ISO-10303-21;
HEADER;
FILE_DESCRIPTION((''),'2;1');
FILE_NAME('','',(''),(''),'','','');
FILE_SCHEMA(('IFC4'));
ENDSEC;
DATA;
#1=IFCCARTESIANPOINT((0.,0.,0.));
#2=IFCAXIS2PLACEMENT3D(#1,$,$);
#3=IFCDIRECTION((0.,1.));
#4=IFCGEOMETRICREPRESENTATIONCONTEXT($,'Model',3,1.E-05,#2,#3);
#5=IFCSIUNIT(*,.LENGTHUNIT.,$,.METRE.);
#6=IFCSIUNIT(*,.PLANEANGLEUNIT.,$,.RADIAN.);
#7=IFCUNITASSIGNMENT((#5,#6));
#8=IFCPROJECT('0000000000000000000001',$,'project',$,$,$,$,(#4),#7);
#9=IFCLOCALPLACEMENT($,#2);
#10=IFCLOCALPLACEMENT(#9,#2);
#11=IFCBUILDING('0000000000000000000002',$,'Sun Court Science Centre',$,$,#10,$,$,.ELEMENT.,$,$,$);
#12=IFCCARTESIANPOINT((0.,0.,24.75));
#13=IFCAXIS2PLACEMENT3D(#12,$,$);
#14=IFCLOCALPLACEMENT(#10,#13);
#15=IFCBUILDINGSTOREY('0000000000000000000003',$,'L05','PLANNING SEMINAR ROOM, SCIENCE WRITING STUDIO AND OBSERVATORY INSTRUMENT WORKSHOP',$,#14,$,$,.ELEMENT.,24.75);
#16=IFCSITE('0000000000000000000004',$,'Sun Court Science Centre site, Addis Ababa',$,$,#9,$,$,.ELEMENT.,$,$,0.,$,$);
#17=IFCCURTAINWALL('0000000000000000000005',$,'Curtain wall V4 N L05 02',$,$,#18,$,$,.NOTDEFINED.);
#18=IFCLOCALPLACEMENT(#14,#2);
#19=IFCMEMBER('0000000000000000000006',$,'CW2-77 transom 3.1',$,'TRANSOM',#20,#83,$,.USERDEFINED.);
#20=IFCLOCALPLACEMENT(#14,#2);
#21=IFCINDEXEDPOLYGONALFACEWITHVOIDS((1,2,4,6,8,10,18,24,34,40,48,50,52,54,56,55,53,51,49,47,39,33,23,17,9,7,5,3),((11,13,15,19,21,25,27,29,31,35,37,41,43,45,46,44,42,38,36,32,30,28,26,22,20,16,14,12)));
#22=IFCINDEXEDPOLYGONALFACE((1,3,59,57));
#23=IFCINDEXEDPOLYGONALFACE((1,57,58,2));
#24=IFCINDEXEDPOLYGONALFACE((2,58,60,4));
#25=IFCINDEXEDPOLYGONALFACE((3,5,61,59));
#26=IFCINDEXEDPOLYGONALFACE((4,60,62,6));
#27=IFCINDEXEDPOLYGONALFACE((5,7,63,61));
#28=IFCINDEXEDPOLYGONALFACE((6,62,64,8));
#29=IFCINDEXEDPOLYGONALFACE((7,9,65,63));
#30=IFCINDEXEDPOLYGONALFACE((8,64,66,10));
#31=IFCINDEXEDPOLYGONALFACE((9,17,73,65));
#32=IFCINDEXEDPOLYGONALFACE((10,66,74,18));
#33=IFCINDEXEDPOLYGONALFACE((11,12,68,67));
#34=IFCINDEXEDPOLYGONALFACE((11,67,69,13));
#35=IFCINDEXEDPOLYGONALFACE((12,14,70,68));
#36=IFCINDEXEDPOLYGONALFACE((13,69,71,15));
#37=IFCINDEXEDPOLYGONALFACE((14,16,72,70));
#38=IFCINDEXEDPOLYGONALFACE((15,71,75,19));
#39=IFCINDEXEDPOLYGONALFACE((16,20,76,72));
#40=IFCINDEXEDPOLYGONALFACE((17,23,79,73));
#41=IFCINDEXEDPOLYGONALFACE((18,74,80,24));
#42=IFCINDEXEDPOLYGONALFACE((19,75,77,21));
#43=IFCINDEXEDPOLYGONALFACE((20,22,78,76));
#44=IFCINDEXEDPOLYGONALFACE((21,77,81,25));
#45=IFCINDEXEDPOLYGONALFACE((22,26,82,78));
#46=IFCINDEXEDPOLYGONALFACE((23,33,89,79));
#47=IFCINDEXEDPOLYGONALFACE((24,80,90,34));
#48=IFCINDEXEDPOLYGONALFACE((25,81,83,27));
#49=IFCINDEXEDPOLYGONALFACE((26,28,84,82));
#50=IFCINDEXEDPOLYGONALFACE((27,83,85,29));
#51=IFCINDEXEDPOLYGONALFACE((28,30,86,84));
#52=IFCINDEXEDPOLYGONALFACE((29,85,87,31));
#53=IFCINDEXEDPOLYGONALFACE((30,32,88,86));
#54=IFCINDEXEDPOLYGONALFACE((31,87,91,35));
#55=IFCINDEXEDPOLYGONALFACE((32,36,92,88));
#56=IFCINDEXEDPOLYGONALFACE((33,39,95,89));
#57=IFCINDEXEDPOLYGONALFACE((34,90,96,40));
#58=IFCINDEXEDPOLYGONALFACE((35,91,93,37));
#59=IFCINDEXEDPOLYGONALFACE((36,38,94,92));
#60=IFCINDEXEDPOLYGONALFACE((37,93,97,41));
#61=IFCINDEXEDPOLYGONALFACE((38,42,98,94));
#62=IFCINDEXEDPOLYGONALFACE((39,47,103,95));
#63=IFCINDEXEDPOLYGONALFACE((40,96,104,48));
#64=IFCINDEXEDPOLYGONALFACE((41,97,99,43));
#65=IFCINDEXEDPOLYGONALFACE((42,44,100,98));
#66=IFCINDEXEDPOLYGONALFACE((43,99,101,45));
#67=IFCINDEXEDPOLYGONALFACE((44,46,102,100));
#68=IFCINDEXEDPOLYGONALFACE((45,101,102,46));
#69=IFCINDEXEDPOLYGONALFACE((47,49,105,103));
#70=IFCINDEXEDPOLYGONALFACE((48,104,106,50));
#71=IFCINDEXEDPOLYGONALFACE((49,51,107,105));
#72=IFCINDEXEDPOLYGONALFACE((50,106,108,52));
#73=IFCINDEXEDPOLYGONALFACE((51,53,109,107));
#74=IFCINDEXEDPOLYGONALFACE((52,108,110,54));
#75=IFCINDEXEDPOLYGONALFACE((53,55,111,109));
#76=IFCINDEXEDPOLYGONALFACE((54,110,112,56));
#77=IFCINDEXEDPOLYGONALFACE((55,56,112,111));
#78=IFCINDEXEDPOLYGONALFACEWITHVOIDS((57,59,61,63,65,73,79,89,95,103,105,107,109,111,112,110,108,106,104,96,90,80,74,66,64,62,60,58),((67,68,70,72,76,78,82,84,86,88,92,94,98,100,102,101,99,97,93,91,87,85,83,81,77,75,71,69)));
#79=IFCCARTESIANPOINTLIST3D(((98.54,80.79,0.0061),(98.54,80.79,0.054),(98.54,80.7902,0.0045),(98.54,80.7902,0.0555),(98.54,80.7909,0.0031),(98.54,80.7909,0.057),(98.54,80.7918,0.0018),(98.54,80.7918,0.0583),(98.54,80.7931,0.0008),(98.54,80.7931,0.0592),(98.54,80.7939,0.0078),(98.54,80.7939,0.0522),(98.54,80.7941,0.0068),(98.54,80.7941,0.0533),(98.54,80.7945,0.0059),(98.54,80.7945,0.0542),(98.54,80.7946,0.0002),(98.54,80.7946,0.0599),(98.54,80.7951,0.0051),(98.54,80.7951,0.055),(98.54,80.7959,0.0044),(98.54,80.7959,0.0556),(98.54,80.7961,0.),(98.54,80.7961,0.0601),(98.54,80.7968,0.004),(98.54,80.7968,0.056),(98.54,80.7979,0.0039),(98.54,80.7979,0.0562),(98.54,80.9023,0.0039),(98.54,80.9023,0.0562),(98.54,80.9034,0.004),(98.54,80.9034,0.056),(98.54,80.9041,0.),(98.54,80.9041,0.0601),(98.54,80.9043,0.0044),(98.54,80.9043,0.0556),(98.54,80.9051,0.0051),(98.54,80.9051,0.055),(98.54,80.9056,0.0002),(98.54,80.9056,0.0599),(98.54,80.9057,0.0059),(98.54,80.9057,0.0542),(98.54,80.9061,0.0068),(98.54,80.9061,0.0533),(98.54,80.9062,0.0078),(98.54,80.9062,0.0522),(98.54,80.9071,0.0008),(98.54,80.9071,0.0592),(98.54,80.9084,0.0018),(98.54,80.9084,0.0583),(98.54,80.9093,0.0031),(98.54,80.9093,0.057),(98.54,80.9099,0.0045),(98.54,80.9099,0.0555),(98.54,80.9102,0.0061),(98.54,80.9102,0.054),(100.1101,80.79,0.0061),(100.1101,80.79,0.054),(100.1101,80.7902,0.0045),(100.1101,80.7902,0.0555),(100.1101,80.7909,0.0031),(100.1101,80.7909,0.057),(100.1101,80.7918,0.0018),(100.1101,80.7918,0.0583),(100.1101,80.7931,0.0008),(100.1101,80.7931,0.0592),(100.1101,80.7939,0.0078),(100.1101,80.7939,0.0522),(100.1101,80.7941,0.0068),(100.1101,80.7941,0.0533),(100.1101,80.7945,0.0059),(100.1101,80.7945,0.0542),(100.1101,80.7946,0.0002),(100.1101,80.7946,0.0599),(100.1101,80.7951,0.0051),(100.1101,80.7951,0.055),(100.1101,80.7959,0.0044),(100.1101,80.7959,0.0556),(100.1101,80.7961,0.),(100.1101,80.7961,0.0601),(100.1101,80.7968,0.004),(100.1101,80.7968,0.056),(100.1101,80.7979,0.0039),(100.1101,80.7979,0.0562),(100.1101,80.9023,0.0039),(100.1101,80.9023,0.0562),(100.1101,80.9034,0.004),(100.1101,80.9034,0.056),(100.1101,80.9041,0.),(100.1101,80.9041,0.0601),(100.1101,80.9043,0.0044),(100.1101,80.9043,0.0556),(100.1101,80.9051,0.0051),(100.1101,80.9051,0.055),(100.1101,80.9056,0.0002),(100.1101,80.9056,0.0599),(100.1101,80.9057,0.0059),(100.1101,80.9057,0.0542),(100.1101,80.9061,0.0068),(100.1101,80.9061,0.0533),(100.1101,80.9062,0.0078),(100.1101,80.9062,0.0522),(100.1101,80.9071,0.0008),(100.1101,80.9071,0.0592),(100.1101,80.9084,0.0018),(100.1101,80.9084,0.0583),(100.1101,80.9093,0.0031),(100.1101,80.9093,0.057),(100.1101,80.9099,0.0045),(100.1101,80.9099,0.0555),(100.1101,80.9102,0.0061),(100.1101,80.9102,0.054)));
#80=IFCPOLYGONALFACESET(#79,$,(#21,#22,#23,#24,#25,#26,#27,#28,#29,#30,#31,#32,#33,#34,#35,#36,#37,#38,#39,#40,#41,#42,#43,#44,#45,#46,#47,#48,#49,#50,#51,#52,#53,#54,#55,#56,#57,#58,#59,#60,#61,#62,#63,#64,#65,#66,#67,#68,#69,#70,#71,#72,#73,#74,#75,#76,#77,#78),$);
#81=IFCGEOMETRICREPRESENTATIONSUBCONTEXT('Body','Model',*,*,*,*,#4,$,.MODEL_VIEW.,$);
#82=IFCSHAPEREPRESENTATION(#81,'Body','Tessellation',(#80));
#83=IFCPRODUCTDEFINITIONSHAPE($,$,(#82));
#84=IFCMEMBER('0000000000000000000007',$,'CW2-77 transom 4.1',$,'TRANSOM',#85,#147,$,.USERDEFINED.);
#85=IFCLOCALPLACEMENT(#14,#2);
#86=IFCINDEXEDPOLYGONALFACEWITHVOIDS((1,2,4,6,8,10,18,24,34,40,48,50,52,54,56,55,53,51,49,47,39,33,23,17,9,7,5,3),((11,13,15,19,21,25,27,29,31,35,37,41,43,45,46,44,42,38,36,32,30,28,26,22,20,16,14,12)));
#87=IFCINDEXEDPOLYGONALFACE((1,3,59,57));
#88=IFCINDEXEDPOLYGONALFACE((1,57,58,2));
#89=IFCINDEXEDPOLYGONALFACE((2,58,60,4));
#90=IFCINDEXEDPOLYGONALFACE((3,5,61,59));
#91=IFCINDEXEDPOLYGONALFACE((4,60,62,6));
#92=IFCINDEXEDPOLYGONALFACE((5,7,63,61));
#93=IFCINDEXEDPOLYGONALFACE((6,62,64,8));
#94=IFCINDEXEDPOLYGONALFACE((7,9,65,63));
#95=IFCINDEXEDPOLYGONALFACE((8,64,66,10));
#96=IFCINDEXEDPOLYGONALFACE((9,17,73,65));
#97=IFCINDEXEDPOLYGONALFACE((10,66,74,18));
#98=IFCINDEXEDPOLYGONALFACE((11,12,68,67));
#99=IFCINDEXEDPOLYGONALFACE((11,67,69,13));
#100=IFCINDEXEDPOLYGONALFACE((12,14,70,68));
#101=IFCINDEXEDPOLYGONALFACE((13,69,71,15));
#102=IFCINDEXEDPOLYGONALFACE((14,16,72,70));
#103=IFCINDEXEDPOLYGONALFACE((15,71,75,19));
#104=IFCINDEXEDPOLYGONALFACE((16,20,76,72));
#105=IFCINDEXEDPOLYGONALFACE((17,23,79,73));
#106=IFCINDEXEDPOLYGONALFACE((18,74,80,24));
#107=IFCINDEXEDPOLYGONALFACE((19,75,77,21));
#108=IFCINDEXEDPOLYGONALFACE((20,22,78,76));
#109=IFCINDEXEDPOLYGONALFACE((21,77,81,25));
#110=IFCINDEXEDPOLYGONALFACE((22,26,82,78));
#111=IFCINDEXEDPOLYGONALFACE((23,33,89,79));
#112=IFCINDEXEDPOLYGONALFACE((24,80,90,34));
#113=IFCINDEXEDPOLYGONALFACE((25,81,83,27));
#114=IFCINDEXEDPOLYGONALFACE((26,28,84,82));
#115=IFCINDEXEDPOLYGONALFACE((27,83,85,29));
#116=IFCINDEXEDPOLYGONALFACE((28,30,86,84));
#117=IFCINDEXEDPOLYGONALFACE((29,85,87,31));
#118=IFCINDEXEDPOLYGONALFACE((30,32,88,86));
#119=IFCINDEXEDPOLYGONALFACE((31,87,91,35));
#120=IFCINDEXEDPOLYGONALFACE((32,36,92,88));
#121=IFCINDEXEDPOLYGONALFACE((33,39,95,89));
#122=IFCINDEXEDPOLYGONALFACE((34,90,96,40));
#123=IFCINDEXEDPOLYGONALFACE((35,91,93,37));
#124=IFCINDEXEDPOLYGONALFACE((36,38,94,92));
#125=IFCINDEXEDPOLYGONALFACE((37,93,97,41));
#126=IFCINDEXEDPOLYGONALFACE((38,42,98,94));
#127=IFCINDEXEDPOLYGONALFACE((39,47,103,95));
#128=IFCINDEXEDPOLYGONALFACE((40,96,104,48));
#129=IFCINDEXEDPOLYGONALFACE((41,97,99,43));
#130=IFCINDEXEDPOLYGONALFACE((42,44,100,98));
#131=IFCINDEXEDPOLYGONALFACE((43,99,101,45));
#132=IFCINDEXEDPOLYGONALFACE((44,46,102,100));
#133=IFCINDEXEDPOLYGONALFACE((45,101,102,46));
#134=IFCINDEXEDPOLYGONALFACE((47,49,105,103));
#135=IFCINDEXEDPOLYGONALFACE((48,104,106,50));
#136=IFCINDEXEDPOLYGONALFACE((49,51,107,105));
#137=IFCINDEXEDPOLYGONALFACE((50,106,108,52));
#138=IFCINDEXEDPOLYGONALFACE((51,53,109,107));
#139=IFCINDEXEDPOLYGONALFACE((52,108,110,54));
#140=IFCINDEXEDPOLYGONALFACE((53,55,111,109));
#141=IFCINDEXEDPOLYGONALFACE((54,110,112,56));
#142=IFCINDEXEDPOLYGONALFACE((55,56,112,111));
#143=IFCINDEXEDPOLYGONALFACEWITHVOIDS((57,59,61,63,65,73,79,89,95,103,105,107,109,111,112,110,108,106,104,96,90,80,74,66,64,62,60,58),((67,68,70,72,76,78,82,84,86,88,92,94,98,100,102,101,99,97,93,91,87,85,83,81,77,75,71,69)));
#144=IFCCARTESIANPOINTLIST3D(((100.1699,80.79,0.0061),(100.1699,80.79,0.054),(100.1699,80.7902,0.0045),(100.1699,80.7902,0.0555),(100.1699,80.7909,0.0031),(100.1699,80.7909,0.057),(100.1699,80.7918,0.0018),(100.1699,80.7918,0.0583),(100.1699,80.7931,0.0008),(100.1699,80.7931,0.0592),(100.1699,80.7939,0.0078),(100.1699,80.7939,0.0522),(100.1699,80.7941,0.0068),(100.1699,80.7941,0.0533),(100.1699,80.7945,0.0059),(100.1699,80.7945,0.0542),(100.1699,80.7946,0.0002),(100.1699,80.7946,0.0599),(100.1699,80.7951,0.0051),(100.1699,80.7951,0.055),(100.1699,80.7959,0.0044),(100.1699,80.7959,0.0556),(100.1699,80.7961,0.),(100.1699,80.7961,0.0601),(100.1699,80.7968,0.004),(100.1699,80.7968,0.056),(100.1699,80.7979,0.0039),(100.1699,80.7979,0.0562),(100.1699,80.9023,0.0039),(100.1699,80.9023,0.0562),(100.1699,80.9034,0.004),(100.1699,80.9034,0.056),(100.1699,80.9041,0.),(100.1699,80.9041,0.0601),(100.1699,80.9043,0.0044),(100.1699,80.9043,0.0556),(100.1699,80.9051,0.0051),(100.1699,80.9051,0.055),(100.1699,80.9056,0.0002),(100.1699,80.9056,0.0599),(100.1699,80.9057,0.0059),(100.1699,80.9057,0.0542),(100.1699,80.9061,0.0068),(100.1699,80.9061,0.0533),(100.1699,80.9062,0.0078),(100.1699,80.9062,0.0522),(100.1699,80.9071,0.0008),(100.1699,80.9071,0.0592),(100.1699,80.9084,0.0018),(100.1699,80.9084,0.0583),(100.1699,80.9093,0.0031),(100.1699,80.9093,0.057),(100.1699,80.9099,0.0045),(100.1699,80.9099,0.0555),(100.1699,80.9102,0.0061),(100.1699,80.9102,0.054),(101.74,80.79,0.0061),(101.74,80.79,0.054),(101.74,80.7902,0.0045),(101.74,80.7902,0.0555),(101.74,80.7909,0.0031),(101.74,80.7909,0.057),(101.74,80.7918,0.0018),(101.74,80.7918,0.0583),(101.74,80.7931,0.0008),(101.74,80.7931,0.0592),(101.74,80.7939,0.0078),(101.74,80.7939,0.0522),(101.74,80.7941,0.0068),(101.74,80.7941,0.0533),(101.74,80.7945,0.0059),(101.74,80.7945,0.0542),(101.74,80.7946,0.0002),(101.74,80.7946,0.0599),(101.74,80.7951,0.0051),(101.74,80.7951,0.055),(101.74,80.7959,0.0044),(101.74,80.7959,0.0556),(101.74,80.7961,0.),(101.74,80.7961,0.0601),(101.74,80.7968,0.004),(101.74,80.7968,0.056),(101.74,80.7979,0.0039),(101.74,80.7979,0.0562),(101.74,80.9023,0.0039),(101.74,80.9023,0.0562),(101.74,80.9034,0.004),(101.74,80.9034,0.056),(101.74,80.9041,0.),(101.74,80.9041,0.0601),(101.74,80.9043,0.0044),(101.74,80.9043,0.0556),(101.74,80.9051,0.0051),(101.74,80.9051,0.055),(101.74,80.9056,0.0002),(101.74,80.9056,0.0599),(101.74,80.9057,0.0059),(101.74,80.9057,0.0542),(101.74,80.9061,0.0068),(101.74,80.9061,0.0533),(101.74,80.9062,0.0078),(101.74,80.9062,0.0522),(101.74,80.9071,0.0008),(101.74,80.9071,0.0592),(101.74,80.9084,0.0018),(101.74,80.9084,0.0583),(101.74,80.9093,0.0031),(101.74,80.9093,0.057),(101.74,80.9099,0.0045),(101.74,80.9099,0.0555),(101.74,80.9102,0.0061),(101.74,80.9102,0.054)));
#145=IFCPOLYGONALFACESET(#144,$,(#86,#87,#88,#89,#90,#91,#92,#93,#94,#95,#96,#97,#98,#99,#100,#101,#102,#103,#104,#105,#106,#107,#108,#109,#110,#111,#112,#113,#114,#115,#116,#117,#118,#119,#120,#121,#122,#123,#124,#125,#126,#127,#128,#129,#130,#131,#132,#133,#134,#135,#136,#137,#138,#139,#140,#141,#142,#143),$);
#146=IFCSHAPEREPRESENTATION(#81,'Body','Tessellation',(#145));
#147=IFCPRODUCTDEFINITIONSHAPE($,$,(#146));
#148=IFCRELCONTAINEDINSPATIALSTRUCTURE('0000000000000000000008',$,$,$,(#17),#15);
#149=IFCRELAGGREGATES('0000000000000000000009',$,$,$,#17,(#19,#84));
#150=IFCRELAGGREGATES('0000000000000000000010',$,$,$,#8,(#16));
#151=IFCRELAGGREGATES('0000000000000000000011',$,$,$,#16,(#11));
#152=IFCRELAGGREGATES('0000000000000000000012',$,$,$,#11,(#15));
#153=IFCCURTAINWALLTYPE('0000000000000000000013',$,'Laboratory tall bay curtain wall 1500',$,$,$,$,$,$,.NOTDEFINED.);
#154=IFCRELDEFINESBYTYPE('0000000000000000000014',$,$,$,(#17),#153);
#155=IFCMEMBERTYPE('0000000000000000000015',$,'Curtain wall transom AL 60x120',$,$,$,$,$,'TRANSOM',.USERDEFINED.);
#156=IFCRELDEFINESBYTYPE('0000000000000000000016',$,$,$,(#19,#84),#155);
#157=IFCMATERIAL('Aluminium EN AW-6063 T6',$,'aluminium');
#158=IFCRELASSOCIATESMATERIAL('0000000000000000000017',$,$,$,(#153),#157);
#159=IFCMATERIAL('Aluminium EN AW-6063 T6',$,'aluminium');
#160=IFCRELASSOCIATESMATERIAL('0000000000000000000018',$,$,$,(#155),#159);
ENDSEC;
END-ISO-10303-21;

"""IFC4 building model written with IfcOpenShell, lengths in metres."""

from ifc_helpers import new_model, si_unit, direction, frame, origin, origin_2d, place, context, subcontext, project, spatial, hollow_rectangle, extrude, material, material_profile, profile_set, type_object, element, aggregate, save


model = new_model("IFC4")

# Units and contexts
model_context = context("Model", 3, precision=1e-05, world=origin(), true_north=direction((0.0, 1.0)))
body_context = subcontext(model_context, "Body", "Model", "MODEL_VIEW")
ifc_project = project(units=[si_unit("LENGTHUNIT", "METRE"), si_unit("PLANEANGLEUNIT", "RADIAN")], contexts=[model_context])

# Site, building, storey
site_placement = place(None, origin())
site = spatial("IfcSite", under=ifc_project, at=site_placement, Name="Sun Court Science Centre site, Addis Ababa", CompositionType="ELEMENT", RefElevation=0.0)
building_placement = place(site_placement, origin())
building = spatial("IfcBuilding", under=site, at=building_placement, Name="Sun Court Science Centre", CompositionType="ELEMENT")
storey_placement = place(building_placement, frame((0.0, 0.0, 24.75)))
storey = spatial("IfcBuildingStorey", under=building, at=storey_placement, Name="L05", Description="PLANNING SEMINAR ROOM, SCIENCE WRITING STUDIO AND OBSERVATORY INSTRUMENT WORKSHOP", CompositionType="ELEMENT", Elevation=24.75)

# Curtain wall, members
ifc_material_1 = material(Name="Aluminium EN AW-6063 T6", Category="aluminium")
curtain_wall_type = type_object("IfcCurtainWallType", Name="Laboratory tall bay curtain wall 1500", PredefinedType="NOTDEFINED", material=ifc_material_1)
curtain_wall_placement = place(storey_placement, origin())
curtain_wall = element("IfcCurtainWall", 1, at=curtain_wall_placement, inside=storey, type_object=curtain_wall_type, Name="Curtain wall V4 N L05 02", PredefinedType="NOTDEFINED")
ifc_material_2 = material(Name="Aluminium EN AW-6063 T6", Category="aluminium")
ifc_material_profile_1 = material_profile(ifc_material_2, hollow_rectangle(XDim=0.0601, YDim=0.1201, WallThickness=0.0039, InnerFilletRadius=0.0039, OuterFilletRadius=0.0061, at=origin_2d()), Name="AL 60x120x4")
ifc_profile_set_1 = profile_set([ifc_material_profile_1], Name="Aluminium EN AW-6063 T6")
member_type_1 = type_object("IfcMemberType", Name="Curtain wall transom AL 60x120", ElementType="TRANSOM", PredefinedType="USERDEFINED", material=ifc_profile_set_1)
member_1_placement = place(storey_placement, frame((98.54, 80.8501, 0.03), z_axis=(1.0, 0.0, 0.0), x_axis=(0.0, 0.0, 1.0)))
member_1 = element("IfcMember", 2, at=member_1_placement, type_object=member_type_1, Name="CW2-77 transom 3.1", ObjectType="TRANSOM", PredefinedType="USERDEFINED", context=body_context, shape_type="SweptSolid", body=[
    extrude(hollow_rectangle(XDim=0.0601, YDim=0.1201, WallThickness=0.0039, InnerFilletRadius=0.0039, OuterFilletRadius=0.0061, at=origin_2d()), origin(), (0.0, 0.0, 1.0), 1.5701),
])
member_2_placement = place(storey_placement, frame((100.1699, 80.8501, 0.03), z_axis=(1.0, 0.0, 0.0), x_axis=(0.0, 0.0, 1.0)))
member_2 = element("IfcMember", 3, at=member_2_placement, type_object=member_type_1, Name="CW2-77 transom 4.1", ObjectType="TRANSOM", PredefinedType="USERDEFINED", context=body_context, shape_type="SweptSolid", body=[
    extrude(hollow_rectangle(XDim=0.0601, YDim=0.1201, WallThickness=0.0039, InnerFilletRadius=0.0039, OuterFilletRadius=0.0061, at=origin_2d()), origin(), (0.0, 0.0, 1.0), 1.5701),
])

aggregate(curtain_wall, [member_1, member_2])

save(model, "model.ifc")
